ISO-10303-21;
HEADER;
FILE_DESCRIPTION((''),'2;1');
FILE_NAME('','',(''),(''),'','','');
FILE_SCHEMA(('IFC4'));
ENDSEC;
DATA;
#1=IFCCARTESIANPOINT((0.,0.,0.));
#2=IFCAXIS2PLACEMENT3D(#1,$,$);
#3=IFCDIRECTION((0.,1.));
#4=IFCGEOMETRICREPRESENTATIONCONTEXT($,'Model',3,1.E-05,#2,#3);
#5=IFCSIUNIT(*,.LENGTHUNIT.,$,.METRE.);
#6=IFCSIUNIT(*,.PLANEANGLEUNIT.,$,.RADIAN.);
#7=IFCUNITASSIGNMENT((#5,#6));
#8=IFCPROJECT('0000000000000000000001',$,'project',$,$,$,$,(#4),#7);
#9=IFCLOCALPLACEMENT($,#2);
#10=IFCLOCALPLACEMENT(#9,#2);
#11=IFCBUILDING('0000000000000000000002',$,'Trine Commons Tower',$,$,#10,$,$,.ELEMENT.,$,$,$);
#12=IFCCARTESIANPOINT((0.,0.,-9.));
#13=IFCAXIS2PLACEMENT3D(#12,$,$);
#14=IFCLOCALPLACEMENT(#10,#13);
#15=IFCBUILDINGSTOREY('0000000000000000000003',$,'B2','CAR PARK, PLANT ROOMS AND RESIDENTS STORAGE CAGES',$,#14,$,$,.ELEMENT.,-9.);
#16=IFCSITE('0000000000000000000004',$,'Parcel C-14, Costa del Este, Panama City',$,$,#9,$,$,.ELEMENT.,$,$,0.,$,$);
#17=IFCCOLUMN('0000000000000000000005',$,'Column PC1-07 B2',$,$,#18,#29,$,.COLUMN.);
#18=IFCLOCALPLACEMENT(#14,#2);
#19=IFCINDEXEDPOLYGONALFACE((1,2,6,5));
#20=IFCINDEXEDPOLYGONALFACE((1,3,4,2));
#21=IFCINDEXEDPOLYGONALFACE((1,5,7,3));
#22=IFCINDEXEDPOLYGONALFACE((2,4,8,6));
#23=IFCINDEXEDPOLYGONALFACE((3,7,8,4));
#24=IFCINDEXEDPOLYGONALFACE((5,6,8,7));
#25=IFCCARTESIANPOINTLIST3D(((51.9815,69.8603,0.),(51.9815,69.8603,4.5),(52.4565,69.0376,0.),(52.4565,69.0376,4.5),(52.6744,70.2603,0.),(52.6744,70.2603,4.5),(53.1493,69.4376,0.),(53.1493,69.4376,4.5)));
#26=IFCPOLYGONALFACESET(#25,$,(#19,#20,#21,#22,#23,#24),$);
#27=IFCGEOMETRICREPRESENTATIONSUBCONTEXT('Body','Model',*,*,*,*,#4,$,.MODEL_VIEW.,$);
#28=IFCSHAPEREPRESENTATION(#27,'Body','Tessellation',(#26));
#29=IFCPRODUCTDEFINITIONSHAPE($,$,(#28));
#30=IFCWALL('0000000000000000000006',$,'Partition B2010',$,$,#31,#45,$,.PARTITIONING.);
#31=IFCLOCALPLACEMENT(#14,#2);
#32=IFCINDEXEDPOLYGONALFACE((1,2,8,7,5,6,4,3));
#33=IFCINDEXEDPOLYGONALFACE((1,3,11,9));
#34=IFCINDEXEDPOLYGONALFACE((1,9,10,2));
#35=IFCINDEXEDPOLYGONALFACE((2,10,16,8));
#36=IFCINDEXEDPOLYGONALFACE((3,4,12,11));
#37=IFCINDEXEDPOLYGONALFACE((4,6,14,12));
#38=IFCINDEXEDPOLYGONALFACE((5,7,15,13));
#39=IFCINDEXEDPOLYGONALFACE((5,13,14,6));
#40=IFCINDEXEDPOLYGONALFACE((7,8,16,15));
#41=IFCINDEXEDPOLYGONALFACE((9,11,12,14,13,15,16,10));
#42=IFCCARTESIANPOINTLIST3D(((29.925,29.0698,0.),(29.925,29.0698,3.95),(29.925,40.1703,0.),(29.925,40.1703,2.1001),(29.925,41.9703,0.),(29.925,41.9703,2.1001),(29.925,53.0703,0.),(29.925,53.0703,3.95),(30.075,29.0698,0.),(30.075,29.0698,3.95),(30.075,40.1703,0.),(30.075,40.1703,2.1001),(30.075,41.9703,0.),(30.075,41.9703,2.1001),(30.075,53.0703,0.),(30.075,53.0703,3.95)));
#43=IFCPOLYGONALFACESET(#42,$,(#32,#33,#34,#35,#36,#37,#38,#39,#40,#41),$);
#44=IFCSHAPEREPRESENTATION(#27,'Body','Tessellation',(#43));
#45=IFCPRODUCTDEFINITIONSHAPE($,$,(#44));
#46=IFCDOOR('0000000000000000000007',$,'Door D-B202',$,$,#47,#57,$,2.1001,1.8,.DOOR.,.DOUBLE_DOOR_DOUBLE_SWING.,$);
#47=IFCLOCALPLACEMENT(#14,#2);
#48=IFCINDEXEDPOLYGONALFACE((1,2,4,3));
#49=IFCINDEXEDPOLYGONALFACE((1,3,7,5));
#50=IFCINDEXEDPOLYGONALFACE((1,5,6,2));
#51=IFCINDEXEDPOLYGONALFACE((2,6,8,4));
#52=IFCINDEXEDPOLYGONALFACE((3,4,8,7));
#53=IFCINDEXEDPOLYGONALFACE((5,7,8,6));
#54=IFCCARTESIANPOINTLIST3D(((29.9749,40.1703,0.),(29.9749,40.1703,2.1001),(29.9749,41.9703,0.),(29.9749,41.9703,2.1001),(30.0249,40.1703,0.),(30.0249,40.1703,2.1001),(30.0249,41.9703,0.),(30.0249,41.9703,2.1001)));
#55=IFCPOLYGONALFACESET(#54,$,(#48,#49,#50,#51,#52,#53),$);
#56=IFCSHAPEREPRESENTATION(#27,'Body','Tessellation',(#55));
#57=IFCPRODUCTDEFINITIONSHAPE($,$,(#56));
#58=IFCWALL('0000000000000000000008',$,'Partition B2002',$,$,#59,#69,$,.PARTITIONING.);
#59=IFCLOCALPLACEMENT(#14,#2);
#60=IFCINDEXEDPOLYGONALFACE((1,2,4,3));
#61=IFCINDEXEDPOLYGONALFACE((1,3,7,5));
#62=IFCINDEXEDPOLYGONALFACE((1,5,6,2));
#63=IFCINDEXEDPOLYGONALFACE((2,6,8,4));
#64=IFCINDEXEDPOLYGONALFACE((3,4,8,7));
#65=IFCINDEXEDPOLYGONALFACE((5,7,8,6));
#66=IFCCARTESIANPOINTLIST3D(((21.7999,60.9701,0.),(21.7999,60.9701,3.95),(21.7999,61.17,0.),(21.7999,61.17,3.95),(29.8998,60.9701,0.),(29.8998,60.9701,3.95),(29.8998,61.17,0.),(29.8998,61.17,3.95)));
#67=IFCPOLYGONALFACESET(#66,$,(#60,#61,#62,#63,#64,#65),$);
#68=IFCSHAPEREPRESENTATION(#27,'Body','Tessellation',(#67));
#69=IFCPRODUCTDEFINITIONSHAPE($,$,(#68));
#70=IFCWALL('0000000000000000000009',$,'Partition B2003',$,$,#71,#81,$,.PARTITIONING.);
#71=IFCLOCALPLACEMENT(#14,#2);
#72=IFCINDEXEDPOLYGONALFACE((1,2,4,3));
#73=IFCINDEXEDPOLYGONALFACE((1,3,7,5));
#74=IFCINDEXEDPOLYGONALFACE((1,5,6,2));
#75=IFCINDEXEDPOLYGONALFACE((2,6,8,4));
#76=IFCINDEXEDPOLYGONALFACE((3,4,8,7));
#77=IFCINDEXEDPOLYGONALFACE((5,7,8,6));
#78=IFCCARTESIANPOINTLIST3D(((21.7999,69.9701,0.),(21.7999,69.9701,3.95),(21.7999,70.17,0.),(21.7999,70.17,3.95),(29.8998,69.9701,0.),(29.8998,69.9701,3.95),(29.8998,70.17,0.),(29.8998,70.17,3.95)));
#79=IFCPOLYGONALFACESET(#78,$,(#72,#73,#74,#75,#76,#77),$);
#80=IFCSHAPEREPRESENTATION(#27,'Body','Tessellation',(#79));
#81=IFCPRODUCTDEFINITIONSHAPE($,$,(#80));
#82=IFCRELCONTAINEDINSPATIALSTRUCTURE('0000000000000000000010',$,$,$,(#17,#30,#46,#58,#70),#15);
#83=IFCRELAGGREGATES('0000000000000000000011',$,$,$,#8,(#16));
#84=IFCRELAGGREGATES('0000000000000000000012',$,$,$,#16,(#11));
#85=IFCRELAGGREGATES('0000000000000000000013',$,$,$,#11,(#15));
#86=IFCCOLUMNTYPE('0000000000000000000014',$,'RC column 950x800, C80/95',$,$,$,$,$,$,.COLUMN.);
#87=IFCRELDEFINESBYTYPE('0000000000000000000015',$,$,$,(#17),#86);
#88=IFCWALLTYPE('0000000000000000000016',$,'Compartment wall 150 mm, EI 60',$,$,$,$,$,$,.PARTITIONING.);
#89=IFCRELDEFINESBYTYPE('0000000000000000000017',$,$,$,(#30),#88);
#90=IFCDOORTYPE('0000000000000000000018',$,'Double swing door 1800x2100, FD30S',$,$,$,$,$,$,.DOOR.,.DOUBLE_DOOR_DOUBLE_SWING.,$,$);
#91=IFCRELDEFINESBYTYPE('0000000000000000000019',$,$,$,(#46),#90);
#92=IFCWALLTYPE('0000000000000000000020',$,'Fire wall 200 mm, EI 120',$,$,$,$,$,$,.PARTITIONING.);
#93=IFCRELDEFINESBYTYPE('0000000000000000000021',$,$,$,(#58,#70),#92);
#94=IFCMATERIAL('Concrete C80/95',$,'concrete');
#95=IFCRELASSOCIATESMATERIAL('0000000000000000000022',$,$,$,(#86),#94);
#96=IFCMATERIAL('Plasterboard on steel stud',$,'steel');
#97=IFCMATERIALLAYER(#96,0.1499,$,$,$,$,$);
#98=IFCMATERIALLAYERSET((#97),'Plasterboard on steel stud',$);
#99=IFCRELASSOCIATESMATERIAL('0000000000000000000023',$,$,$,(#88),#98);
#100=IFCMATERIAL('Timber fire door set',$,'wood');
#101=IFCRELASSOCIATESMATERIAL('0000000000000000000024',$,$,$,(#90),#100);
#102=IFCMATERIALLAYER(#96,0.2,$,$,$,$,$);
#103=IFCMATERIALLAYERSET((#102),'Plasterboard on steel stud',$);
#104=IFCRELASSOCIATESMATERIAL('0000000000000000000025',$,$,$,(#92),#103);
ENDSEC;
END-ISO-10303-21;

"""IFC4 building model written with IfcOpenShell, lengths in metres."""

from ifc_helpers import new_model, si_unit, direction, frame, frame_2d, origin, origin_2d, place, context, subcontext, project, spatial, rectangle, extrude, material, layer, layer_set, material_profile, profile_set, type_object, element, fill, save


model = new_model("IFC4")

# Units and contexts
model_context = context("Model", 3, precision=1e-05, world=origin(), true_north=direction((0.0, 1.0)))
body_context = subcontext(model_context, "Body", "Model", "MODEL_VIEW")
ifc_project = project(units=[si_unit("LENGTHUNIT", "METRE"), si_unit("PLANEANGLEUNIT", "RADIAN")], contexts=[model_context])

# Site, building, storey
site_placement = place(None, origin())
site = spatial("IfcSite", under=ifc_project, at=site_placement, Name="Parcel C-14, Costa del Este, Panama City", CompositionType="ELEMENT", RefElevation=0.0)
building_placement = place(site_placement, origin())
building = spatial("IfcBuilding", under=site, at=building_placement, Name="Trine Commons Tower", CompositionType="ELEMENT")
storey_placement = place(building_placement, frame((0.0, 0.0, -9.0)))
storey = spatial("IfcBuildingStorey", under=building, at=storey_placement, Name="B2", Description="CAR PARK, PLANT ROOMS AND RESIDENTS STORAGE CAGES", CompositionType="ELEMENT", Elevation=-9.0)

# Column
ifc_material_1 = material(Name="Concrete C80/95", Category="concrete")
ifc_material_profile_1 = material_profile(ifc_material_1, rectangle(XDim=0.95, YDim=0.8, at=origin_2d()), Name="RC 950x800")
ifc_profile_set_1 = profile_set([ifc_material_profile_1], Name="Concrete C80/95")
column_type_1 = type_object("IfcColumnType", Name="RC column 950x800, C80/95", PredefinedType="COLUMN", material=ifc_profile_set_1)
column_placement = place(storey_placement, frame((52.5654, 69.6489, 0.0), z_axis=(0.0, 0.0, 1.0), x_axis=(-0.5, 0.866025, 0.0)))
element("IfcColumn", 1, at=column_placement, inside=storey, type_object=column_type_1, Name="Column PC1-07 B2", PredefinedType="COLUMN", context=body_context, shape_type="SweptSolid", body=[
    extrude(rectangle(XDim=0.95, YDim=0.8, at=origin_2d()), origin(), (0.0, 0.0, 1.0), 4.5),
])

# Wall, opening, door
ifc_material_2 = material(Name="Plasterboard on steel stud", Category="steel")
ifc_layer_1 = layer(ifc_material_2, 0.1499)
ifc_layer_set_1 = layer_set([ifc_layer_1], Name="Plasterboard on steel stud")
wall_type_1 = type_object("IfcWallType", Name="Compartment wall 150 mm, EI 60", PredefinedType="PARTITIONING", material=ifc_layer_set_1)
wall_placement = place(storey_placement, frame((30.0, 53.0703, 0.0), z_axis=(0.0, 0.0, 1.0), x_axis=(0.0, -1.0, 0.0)))
wall = element("IfcWall", 2, at=wall_placement, inside=storey, type_object=wall_type_1, Name="Partition B2010", PredefinedType="PARTITIONING", context=body_context, shape_type="SweptSolid", body=[
    extrude(rectangle(XDim=24.0005, YDim=0.1499, at=frame_2d((12.0002, 0.0))), origin(), (0.0, 0.0, 1.0), 3.95),
])
opening_placement = place(wall_placement, frame((11.1001, 0.0, 0.0)))
opening = element("IfcOpeningElement", 3, at=opening_placement, cuts=wall, PredefinedType="OPENING", context=body_context, shape_type="SweptSolid", body=[
    extrude(rectangle(XDim=1.8, YDim=2.1001, at=frame_2d((0.8999, 1.05))), frame((0.0, 0.085, 0.0), z_axis=(0.0, -1.0, 0.0), x_axis=(1.0, 0.0, 0.0)), (0.0, 0.0, 1.0), 0.1699),
])
ifc_material_3 = material(Name="Timber fire door set", Category="wood")
door_type = type_object("IfcDoorType", Name="Double swing door 1800x2100, FD30S", OperationType="DOUBLE_DOOR_DOUBLE_SWING", PredefinedType="DOOR", material=ifc_material_3)
door_placement = place(opening_placement, origin())
door = element("IfcDoor", 4, at=door_placement, inside=storey, type_object=door_type, Name="Door D-B202", OperationType="DOUBLE_DOOR_DOUBLE_SWING", OverallHeight=2.1001, OverallWidth=1.8, PredefinedType="DOOR", context=body_context, shape_type="SweptSolid", body=[
    extrude(rectangle(XDim=1.8, YDim=2.1001, at=frame_2d((0.8999, 1.05))), frame((0.0, 0.0249, 0.0), z_axis=(0.0, -1.0, 0.0), x_axis=(1.0, 0.0, 0.0)), (0.0, 0.0, 1.0), 0.05),
])
fill(opening, door)

# Walls
ifc_layer_2 = layer(ifc_material_2, 0.2)
ifc_layer_set_2 = layer_set([ifc_layer_2], Name="Plasterboard on steel stud")
wall_type_2 = type_object("IfcWallType", Name="Fire wall 200 mm, EI 120", PredefinedType="PARTITIONING", material=ifc_layer_set_2)
for number, where, z_axis, x_axis, name in (
    (5, (21.8, 61.0701, 0.0), (0.0, 0.0, 1.0), (1.0, 0.0, 0.0), "Partition B2002"),
    (6, (21.8, 70.0701, 0.0), (0.0, 0.0, 1.0), (1.0, 0.0, 0.0), "Partition B2003"),
):
    element("IfcWall", number, at=place(storey_placement, frame(where, z_axis=z_axis, x_axis=x_axis)), inside=storey, type_object=wall_type_2, Name=name, PredefinedType="PARTITIONING", context=body_context, shape_type="SweptSolid", body=[
        extrude(rectangle(XDim=8.0999, YDim=0.2, at=frame_2d((4.0498, 0.0))), origin(), (0.0, 0.0, 1.0), 3.95),
    ])

save(model, "model.ifc")
